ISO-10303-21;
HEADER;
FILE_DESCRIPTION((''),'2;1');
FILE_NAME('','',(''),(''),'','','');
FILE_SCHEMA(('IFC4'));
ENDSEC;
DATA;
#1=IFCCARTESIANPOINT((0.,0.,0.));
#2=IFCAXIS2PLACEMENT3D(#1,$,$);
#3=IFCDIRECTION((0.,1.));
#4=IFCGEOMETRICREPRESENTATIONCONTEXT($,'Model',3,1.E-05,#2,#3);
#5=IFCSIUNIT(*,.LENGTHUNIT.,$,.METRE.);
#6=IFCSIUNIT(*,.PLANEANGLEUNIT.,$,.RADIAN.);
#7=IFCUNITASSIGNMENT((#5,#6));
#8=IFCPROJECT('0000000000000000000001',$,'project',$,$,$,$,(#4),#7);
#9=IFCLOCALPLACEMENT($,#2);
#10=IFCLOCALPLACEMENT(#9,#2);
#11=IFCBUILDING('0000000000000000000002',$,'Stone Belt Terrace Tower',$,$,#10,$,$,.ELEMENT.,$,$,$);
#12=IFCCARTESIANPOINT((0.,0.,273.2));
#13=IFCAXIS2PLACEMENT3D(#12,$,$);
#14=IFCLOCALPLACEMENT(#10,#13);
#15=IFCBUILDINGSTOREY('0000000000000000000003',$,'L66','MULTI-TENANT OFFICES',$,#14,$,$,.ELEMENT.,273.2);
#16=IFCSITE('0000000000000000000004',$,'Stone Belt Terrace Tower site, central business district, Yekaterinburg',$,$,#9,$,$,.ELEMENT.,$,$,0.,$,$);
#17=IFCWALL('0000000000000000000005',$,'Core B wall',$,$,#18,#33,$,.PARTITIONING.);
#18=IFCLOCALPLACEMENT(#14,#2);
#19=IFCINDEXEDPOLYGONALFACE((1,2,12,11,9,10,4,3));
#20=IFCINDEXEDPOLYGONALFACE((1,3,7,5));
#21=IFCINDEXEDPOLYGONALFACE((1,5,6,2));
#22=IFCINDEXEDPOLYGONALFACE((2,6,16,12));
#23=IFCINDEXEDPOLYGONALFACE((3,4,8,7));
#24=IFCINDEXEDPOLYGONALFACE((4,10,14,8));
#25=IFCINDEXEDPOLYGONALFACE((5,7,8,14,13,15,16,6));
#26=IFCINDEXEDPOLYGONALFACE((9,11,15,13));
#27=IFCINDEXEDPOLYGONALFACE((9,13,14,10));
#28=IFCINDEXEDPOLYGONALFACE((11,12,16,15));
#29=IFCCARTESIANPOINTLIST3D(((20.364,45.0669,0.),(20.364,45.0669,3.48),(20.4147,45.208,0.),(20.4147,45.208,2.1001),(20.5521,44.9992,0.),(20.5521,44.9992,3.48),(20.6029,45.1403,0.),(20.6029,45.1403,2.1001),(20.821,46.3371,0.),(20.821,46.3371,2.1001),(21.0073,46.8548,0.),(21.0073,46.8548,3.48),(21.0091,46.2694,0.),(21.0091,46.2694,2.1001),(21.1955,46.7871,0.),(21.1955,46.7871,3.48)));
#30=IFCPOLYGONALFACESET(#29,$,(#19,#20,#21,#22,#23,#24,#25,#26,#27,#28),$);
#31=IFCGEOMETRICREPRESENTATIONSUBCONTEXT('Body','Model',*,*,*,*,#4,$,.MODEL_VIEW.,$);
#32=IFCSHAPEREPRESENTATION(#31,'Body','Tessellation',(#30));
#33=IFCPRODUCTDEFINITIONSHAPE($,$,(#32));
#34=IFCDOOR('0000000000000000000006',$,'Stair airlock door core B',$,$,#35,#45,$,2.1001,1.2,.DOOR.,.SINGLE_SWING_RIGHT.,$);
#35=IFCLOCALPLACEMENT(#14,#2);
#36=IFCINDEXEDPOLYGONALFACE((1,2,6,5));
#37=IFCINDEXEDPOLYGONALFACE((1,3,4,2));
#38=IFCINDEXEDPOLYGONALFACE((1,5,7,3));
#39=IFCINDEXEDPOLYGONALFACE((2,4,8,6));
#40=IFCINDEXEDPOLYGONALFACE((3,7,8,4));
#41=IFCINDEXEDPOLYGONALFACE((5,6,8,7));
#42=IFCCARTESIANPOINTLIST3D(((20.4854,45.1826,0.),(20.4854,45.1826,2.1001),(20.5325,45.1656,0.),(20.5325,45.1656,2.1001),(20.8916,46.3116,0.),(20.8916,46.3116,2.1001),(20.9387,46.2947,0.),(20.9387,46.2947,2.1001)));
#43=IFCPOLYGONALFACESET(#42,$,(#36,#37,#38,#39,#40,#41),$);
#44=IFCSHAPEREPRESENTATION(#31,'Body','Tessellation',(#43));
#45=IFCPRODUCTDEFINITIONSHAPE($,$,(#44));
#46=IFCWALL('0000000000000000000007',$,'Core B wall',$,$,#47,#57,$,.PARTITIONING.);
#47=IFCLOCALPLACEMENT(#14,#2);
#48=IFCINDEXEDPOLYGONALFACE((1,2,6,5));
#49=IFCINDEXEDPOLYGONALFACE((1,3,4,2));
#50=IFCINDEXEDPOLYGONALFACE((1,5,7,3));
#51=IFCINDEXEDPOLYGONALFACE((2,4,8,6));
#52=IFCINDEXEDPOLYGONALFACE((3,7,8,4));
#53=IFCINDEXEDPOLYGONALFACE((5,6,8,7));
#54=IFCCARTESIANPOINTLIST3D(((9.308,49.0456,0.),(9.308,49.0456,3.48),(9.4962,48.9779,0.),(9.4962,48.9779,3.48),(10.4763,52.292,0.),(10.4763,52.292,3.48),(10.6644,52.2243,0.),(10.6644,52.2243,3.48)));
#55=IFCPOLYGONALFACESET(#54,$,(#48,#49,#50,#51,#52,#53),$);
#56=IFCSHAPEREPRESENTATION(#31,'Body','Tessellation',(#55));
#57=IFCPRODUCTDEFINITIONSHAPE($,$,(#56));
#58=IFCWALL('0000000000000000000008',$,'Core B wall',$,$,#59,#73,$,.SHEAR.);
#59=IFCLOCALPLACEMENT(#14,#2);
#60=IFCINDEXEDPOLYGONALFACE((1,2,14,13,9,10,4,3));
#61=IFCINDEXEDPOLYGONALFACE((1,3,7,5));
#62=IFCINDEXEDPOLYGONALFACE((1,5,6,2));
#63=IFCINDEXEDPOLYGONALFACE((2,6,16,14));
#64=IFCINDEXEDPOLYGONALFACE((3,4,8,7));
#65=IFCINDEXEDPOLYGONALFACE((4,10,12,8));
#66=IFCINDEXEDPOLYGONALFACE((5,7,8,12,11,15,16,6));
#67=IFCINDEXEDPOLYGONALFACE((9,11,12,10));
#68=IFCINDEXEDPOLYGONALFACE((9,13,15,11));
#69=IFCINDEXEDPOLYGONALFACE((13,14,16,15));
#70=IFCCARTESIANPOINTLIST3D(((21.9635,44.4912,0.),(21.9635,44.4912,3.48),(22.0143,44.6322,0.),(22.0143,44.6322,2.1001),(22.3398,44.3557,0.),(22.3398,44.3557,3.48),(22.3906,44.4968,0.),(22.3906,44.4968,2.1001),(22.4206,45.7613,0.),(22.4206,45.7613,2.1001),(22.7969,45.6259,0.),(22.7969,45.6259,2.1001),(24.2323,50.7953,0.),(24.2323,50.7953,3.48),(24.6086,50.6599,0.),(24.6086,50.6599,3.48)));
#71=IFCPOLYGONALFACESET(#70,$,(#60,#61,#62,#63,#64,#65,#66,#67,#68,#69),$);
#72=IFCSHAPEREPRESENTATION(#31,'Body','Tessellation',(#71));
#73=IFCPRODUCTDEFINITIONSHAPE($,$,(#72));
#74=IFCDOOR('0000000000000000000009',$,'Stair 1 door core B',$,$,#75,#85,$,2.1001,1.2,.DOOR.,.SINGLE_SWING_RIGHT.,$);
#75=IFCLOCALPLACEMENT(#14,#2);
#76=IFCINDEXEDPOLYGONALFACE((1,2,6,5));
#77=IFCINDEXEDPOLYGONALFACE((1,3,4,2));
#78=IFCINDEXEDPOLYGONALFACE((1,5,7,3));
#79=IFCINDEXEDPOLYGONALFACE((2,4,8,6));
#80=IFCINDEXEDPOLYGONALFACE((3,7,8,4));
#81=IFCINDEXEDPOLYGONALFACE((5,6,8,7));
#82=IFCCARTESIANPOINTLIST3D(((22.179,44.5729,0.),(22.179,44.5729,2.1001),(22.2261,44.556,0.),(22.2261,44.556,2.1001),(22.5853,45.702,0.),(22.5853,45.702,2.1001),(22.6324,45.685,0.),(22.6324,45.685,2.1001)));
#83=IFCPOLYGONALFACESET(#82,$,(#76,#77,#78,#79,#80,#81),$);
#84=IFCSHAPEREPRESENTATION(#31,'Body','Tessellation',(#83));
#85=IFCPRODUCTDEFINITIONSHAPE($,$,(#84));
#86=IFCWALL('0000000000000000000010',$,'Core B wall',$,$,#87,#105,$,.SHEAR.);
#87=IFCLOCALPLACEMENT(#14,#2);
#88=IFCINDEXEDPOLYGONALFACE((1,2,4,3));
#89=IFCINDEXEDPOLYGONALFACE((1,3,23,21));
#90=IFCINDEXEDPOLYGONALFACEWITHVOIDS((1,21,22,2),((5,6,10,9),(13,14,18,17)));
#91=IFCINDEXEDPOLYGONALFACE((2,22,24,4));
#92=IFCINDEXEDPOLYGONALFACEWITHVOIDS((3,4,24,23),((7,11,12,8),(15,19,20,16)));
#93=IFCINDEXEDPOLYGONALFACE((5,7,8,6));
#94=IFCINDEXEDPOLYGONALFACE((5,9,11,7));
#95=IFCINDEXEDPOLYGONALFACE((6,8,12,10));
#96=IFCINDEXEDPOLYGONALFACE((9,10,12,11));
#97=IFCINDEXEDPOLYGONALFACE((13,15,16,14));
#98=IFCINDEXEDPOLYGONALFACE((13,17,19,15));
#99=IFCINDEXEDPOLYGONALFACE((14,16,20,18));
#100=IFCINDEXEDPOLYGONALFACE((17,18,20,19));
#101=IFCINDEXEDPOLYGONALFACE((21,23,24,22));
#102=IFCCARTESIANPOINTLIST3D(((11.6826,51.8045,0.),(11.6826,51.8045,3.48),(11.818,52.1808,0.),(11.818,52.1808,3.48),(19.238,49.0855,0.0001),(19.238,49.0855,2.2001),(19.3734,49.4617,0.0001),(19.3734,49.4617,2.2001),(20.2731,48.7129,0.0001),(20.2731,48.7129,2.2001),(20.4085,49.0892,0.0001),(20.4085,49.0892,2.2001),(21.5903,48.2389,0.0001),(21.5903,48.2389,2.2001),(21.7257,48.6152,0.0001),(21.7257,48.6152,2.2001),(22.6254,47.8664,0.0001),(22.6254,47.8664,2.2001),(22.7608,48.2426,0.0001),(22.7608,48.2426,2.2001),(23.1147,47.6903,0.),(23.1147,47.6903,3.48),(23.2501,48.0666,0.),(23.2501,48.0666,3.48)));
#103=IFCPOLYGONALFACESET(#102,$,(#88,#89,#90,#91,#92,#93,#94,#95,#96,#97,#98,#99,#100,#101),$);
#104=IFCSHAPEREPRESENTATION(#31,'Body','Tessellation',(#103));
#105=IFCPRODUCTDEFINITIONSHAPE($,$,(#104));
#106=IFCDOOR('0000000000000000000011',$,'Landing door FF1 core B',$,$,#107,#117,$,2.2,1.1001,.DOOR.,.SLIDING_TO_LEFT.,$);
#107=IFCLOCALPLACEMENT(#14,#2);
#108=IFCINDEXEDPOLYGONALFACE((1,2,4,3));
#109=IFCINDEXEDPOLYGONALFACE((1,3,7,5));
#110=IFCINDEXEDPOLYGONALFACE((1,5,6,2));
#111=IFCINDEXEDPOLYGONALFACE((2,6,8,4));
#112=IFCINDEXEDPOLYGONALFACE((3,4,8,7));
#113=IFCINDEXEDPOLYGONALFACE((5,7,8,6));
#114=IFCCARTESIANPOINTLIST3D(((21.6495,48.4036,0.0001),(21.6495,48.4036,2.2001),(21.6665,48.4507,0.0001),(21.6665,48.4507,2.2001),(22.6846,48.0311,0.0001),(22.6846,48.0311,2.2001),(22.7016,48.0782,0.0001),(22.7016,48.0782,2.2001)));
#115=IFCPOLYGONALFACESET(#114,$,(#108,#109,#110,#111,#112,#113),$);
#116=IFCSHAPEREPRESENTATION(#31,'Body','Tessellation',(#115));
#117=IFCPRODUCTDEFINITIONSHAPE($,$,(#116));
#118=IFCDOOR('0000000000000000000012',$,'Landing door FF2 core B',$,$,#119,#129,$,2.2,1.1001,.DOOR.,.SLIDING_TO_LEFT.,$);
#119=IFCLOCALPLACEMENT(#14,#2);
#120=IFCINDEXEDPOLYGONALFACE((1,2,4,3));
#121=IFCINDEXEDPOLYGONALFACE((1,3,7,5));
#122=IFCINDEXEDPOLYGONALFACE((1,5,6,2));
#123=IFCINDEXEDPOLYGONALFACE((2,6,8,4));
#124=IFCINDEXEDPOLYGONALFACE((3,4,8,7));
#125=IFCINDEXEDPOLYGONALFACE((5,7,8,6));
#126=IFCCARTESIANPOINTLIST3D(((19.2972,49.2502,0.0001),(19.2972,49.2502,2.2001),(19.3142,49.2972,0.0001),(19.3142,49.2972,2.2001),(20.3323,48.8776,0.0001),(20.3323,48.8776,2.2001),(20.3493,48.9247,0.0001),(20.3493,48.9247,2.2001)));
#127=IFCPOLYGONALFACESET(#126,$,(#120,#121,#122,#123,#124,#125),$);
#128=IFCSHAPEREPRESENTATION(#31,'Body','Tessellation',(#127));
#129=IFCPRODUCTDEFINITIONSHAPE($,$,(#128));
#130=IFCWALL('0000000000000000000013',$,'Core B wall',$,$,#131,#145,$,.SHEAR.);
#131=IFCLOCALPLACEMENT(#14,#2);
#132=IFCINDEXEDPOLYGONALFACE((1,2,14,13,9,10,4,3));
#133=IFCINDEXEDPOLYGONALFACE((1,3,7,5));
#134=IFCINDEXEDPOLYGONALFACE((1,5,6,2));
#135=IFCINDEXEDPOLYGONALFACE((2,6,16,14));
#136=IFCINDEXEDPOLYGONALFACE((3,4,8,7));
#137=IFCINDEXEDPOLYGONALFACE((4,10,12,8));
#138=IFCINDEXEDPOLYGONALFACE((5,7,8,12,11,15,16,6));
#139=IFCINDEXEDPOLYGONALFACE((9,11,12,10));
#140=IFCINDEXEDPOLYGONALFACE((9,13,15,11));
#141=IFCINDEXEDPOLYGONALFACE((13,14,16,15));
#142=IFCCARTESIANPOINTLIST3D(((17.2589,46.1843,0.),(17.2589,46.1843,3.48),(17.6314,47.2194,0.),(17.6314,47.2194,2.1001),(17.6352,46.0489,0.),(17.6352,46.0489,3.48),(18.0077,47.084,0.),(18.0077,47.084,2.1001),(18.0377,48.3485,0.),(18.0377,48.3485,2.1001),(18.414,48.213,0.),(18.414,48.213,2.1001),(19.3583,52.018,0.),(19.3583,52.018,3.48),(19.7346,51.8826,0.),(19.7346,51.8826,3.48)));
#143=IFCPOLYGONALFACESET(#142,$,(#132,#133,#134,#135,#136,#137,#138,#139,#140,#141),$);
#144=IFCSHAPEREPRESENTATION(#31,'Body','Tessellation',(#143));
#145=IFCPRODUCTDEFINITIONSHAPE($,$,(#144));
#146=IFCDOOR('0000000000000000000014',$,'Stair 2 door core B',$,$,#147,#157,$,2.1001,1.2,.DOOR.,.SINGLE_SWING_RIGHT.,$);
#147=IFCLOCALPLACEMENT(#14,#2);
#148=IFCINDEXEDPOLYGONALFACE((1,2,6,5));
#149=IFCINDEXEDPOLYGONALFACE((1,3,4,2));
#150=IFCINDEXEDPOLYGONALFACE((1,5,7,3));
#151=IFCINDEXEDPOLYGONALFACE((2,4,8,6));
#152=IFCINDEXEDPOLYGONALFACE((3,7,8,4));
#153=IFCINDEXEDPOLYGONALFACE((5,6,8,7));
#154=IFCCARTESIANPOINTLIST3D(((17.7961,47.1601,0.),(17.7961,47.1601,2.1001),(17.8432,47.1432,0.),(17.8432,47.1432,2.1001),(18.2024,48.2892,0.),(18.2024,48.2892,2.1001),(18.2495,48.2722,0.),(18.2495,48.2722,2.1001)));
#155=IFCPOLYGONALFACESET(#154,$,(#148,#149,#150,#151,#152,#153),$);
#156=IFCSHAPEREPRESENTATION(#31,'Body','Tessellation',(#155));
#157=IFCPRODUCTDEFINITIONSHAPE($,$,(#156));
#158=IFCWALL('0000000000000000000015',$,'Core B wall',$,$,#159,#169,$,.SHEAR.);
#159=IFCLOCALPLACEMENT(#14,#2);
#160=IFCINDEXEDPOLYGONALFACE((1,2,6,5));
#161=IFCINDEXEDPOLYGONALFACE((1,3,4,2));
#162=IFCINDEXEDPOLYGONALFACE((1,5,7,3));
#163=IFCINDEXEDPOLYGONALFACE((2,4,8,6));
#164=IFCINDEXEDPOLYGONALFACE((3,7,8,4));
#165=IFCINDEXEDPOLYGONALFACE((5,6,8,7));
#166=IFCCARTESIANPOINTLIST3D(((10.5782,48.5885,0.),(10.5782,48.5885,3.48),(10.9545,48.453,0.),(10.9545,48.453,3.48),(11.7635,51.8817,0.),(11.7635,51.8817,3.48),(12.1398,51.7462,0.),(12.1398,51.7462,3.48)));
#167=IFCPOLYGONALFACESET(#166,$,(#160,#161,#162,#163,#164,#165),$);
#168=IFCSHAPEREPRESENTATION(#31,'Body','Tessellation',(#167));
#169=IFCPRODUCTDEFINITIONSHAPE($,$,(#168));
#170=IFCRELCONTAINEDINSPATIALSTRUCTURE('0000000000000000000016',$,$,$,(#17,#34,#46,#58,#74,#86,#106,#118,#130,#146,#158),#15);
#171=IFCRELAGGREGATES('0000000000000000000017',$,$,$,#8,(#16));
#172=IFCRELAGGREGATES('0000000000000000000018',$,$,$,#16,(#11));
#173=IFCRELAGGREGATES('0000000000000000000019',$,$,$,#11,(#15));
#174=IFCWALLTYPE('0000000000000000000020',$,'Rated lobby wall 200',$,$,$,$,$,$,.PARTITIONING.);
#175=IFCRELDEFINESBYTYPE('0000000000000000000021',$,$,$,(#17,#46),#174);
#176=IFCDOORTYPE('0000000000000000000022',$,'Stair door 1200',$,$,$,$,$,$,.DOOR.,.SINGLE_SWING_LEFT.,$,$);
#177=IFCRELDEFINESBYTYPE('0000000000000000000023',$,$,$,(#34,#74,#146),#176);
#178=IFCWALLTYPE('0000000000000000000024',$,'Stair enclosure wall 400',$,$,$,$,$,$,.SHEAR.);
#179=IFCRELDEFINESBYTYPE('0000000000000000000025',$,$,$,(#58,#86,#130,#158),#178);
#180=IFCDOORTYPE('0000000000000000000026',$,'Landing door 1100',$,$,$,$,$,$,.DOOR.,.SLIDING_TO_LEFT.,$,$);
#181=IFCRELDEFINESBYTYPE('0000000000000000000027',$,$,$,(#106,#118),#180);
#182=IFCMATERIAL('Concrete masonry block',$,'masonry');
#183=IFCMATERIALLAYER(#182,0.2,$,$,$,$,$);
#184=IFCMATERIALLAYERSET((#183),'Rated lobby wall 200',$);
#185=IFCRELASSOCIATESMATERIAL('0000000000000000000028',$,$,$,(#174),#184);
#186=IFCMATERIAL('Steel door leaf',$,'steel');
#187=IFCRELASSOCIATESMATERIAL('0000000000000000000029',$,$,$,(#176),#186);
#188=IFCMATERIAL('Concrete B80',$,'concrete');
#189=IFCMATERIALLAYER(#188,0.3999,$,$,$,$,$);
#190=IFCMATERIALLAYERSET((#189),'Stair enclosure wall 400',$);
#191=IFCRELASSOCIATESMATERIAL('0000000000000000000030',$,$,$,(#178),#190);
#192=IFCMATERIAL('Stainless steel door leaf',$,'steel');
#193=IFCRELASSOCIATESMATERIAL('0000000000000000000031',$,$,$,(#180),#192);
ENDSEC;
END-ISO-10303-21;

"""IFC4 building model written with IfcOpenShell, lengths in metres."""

from ifc_helpers import new_model, si_unit, direction, frame, frame_2d, origin, place, context, subcontext, project, spatial, rectangle, extrude, material, layer, layer_set, type_object, element, fill, save


model = new_model("IFC4")

# Units and contexts
model_context = context("Model", 3, precision=1e-05, world=origin(), true_north=direction((0.0, 1.0)))
body_context = subcontext(model_context, "Body", "Model", "MODEL_VIEW")
ifc_project = project(units=[si_unit("LENGTHUNIT", "METRE"), si_unit("PLANEANGLEUNIT", "RADIAN")], contexts=[model_context])

# Site, building, storey
site_placement = place(None, origin())
site = spatial("IfcSite", under=ifc_project, at=site_placement, Name="Stone Belt Terrace Tower site, central business district, Yekaterinburg", CompositionType="ELEMENT", RefElevation=0.0)
building_placement = place(site_placement, origin())
building = spatial("IfcBuilding", under=site, at=building_placement, Name="Stone Belt Terrace Tower", CompositionType="ELEMENT")
storey_placement = place(building_placement, frame((0.0, 0.0, 273.2)))
storey = spatial("IfcBuildingStorey", under=building, at=storey_placement, Name="L66", Description="MULTI-TENANT OFFICES", CompositionType="ELEMENT", Elevation=273.2)

# Shared definitions
ifc_material_1 = material(Name="Concrete B80", Category="concrete")

# Shared definitions
ifc_material_2 = material(Name="Concrete masonry block", Category="masonry")
ifc_layer_1 = layer(ifc_material_2, 0.2)
ifc_layer_set_1 = layer_set([ifc_layer_1], Name="Rated lobby wall 200")
wall_type_1 = type_object("IfcWallType", Name="Rated lobby wall 200", PredefinedType="PARTITIONING", material=ifc_layer_set_1)

# Wall, opening, door
wall_1_placement = place(storey_placement, frame((20.458, 45.033, 0.0), z_axis=(0.0, 0.0, 1.0), x_axis=(0.338574, 0.94094, 0.0)))
wall_1 = element("IfcWall", 1, at=wall_1_placement, inside=storey, type_object=wall_type_1, Name="Core B wall", PredefinedType="PARTITIONING", context=body_context, shape_type="SweptSolid", body=[
    extrude(rectangle(XDim=1.9001, YDim=0.2, at=frame_2d((0.9502, 0.0))), origin(), (0.0, 0.0, 1.0), 3.48),
])
opening_1_placement = place(wall_1_placement, frame((0.1499, 0.0, 0.0)))
opening_1 = element("IfcOpeningElement", 2, at=opening_1_placement, cuts=wall_1, PredefinedType="OPENING", context=body_context, shape_type="SweptSolid", body=[
    extrude(rectangle(XDim=1.2, YDim=2.1001, at=frame_2d((0.6001, 1.05))), frame((0.0, 0.1099, 0.0), z_axis=(0.0, -1.0, 0.0), x_axis=(1.0, 0.0, 0.0)), (0.0, 0.0, 1.0), 0.22),
])
ifc_material_3 = material(Name="Steel door leaf", Category="steel")
door_type_1 = type_object("IfcDoorType", Name="Stair door 1200", OperationType="SINGLE_SWING_LEFT", PredefinedType="DOOR", material=ifc_material_3)
door_1_placement = place(opening_1_placement, origin())
door_1 = element("IfcDoor", 3, at=door_1_placement, inside=storey, type_object=door_type_1, Name="Stair airlock door core B", OperationType="SINGLE_SWING_RIGHT", OverallHeight=2.1001, OverallWidth=1.2, PredefinedType="DOOR", context=body_context, shape_type="SweptSolid", body=[
    extrude(rectangle(XDim=1.2, YDim=2.1001, at=frame_2d((0.6001, 1.05))), frame((0.0, 0.0249, 0.0), z_axis=(0.0, -1.0, 0.0), x_axis=(1.0, 0.0, 0.0)), (0.0, 0.0, 1.0), 0.05),
])
fill(opening_1, door_1)

# Wall
wall_2_placement = place(storey_placement, frame((9.4021, 49.0117, 0.0), z_axis=(0.0, 0.0, 1.0), x_axis=(0.338599, 0.940931, 0.0)))
element("IfcWall", 4, at=wall_2_placement, inside=storey, type_object=wall_type_1, Name="Core B wall", PredefinedType="PARTITIONING", context=body_context, shape_type="SweptSolid", body=[
    extrude(rectangle(XDim=3.4502, YDim=0.2, at=frame_2d((1.7251, 0.0))), origin(), (0.0, 0.0, 1.0), 3.48),
])

# Wall, opening, door
ifc_layer_2 = layer(ifc_material_1, 0.3999)
ifc_layer_set_2 = layer_set([ifc_layer_2], Name="Stair enclosure wall 400")
wall_type_2 = type_object("IfcWallType", Name="Stair enclosure wall 400", PredefinedType="SHEAR", material=ifc_layer_set_2)
wall_3_placement = place(storey_placement, frame((22.1516, 44.4233, 0.0), z_axis=(0.0, 0.0, 1.0), x_axis=(0.338625, 0.940921, 0.0)))
wall_3 = element("IfcWall", 5, at=wall_3_placement, inside=storey, type_object=wall_type_2, Name="Core B wall", PredefinedType="SHEAR", context=body_context, shape_type="SweptSolid", body=[
    extrude(rectangle(XDim=6.7, YDim=0.3999, at=frame_2d((3.3501, 0.0))), origin(), (0.0, 0.0, 1.0), 3.48),
])
opening_2_placement = place(wall_3_placement, frame((0.1499, 0.0, 0.0)))
opening_2 = element("IfcOpeningElement", 6, at=opening_2_placement, cuts=wall_3, PredefinedType="OPENING", context=body_context, shape_type="SweptSolid", body=[
    extrude(rectangle(XDim=1.2, YDim=2.1001, at=frame_2d((0.6001, 1.05))), frame((0.0, 0.21, 0.0), z_axis=(0.0, -1.0, 0.0), x_axis=(1.0, 0.0, 0.0)), (0.0, 0.0, 1.0), 0.4199),
])
door_2_placement = place(opening_2_placement, origin())
door_2 = element("IfcDoor", 7, at=door_2_placement, inside=storey, type_object=door_type_1, Name="Stair 1 door core B", OperationType="SINGLE_SWING_RIGHT", OverallHeight=2.1001, OverallWidth=1.2, PredefinedType="DOOR", context=body_context, shape_type="SweptSolid", body=[
    extrude(rectangle(XDim=1.2, YDim=2.1001, at=frame_2d((0.6001, 1.05))), frame((0.0, 0.0249, 0.0), z_axis=(0.0, -1.0, 0.0), x_axis=(1.0, 0.0, 0.0)), (0.0, 0.0, 1.0), 0.05),
])
fill(opening_2, door_2)

# Wall, openings, doors
wall_4_placement = place(storey_placement, frame((23.1824, 47.8784, 0.0), z_axis=(0.0, 0.0, 1.0), x_axis=(-0.940922, 0.338624, 0.0)))
wall_4 = element("IfcWall", 8, at=wall_4_placement, inside=storey, type_object=wall_type_2, Name="Core B wall", PredefinedType="SHEAR", context=body_context, shape_type="SweptSolid", body=[
    extrude(rectangle(XDim=12.1499, YDim=0.3999, at=frame_2d((6.075, 0.0))), origin(), (0.0, 0.0, 1.0), 3.48),
])
opening_3_placement = place(wall_4_placement, frame((0.52, 0.0, 0.0)))
opening_3 = element("IfcOpeningElement", 9, at=opening_3_placement, cuts=wall_4, PredefinedType="OPENING", context=body_context, shape_type="SweptSolid", body=[
    extrude(rectangle(XDim=1.1001, YDim=2.2, at=frame_2d((0.55, 1.1001))), frame((0.0, 0.21, 0.0), z_axis=(0.0, -1.0, 0.0), x_axis=(1.0, 0.0, 0.0)), (0.0, 0.0, 1.0), 0.4199),
])
opening_4_placement = place(wall_4_placement, frame((3.02, 0.0, 0.0)))
opening_4 = element("IfcOpeningElement", 10, at=opening_4_placement, cuts=wall_4, PredefinedType="OPENING", context=body_context, shape_type="SweptSolid", body=[
    extrude(rectangle(XDim=1.1001, YDim=2.2, at=frame_2d((0.55, 1.1001))), frame((0.0, 0.21, 0.0), z_axis=(0.0, -1.0, 0.0), x_axis=(1.0, 0.0, 0.0)), (0.0, 0.0, 1.0), 0.4199),
])
ifc_material_4 = material(Name="Stainless steel door leaf", Category="steel")
door_type_2 = type_object("IfcDoorType", Name="Landing door 1100", OperationType="SLIDING_TO_LEFT", PredefinedType="DOOR", material=ifc_material_4)
door_3_placement = place(opening_3_placement, origin())
door_3 = element("IfcDoor", 11, at=door_3_placement, inside=storey, type_object=door_type_2, Name="Landing door FF1 core B", OperationType="SLIDING_TO_LEFT", OverallHeight=2.2, OverallWidth=1.1001, PredefinedType="DOOR", context=body_context, shape_type="SweptSolid", body=[
    extrude(rectangle(XDim=1.1001, YDim=2.2, at=frame_2d((0.55, 1.1001))), frame((0.0, 0.0249, 0.0), z_axis=(0.0, -1.0, 0.0), x_axis=(1.0, 0.0, 0.0)), (0.0, 0.0, 1.0), 0.05),
])
fill(opening_3, door_3)
door_4_placement = place(opening_4_placement, origin())
door_4 = element("IfcDoor", 12, at=door_4_placement, inside=storey, type_object=door_type_2, Name="Landing door FF2 core B", OperationType="SLIDING_TO_LEFT", OverallHeight=2.2, OverallWidth=1.1001, PredefinedType="DOOR", context=body_context, shape_type="SweptSolid", body=[
    extrude(rectangle(XDim=1.1001, YDim=2.2, at=frame_2d((0.55, 1.1001))), frame((0.0, 0.0249, 0.0), z_axis=(0.0, -1.0, 0.0), x_axis=(1.0, 0.0, 0.0)), (0.0, 0.0, 1.0), 0.05),
])
fill(opening_4, door_4)

# Wall, opening, door
wall_5_placement = place(storey_placement, frame((17.447, 46.1165, 0.0), z_axis=(0.0, 0.0, 1.0), x_axis=(0.338608, 0.940928, 0.0)))
wall_5 = element("IfcWall", 13, at=wall_5_placement, inside=storey, type_object=wall_type_2, Name="Core B wall", PredefinedType="SHEAR", context=body_context, shape_type="SweptSolid", body=[
    extrude(rectangle(XDim=6.2, YDim=0.3999, at=frame_2d((3.1001, 0.0))), origin(), (0.0, 0.0, 1.0), 3.48),
])
opening_5_placement = place(wall_5_placement, frame((1.1001, 0.0, 0.0)))
opening_5 = element("IfcOpeningElement", 14, at=opening_5_placement, cuts=wall_5, PredefinedType="OPENING", context=body_context, shape_type="SweptSolid", body=[
    extrude(rectangle(XDim=1.2, YDim=2.1001, at=frame_2d((0.6001, 1.05))), frame((0.0, 0.21, 0.0), z_axis=(0.0, -1.0, 0.0), x_axis=(1.0, 0.0, 0.0)), (0.0, 0.0, 1.0), 0.4199),
])
door_5_placement = place(opening_5_placement, origin())
door_5 = element("IfcDoor", 15, at=door_5_placement, inside=storey, type_object=door_type_1, Name="Stair 2 door core B", OperationType="SINGLE_SWING_RIGHT", OverallHeight=2.1001, OverallWidth=1.2, PredefinedType="DOOR", context=body_context, shape_type="SweptSolid", body=[
    extrude(rectangle(XDim=1.2, YDim=2.1001, at=frame_2d((0.6001, 1.05))), frame((0.0, 0.0249, 0.0), z_axis=(0.0, -1.0, 0.0), x_axis=(1.0, 0.0, 0.0)), (0.0, 0.0, 1.0), 0.05),
])
fill(opening_5, door_5)

# Wall
wall_6_placement = place(storey_placement, frame((10.7664, 48.5208, 0.0), z_axis=(0.0, 0.0, 1.0), x_axis=(0.338655, 0.940911, 0.0)))
element("IfcWall", 16, at=wall_6_placement, inside=storey, type_object=wall_type_2, Name="Core B wall", PredefinedType="SHEAR", context=body_context, shape_type="SweptSolid", body=[
    extrude(rectangle(XDim=3.5, YDim=0.3999, at=frame_2d((1.75, 0.0))), origin(), (0.0, 0.0, 1.0), 3.48),
])

save(model, "model.ifc")
